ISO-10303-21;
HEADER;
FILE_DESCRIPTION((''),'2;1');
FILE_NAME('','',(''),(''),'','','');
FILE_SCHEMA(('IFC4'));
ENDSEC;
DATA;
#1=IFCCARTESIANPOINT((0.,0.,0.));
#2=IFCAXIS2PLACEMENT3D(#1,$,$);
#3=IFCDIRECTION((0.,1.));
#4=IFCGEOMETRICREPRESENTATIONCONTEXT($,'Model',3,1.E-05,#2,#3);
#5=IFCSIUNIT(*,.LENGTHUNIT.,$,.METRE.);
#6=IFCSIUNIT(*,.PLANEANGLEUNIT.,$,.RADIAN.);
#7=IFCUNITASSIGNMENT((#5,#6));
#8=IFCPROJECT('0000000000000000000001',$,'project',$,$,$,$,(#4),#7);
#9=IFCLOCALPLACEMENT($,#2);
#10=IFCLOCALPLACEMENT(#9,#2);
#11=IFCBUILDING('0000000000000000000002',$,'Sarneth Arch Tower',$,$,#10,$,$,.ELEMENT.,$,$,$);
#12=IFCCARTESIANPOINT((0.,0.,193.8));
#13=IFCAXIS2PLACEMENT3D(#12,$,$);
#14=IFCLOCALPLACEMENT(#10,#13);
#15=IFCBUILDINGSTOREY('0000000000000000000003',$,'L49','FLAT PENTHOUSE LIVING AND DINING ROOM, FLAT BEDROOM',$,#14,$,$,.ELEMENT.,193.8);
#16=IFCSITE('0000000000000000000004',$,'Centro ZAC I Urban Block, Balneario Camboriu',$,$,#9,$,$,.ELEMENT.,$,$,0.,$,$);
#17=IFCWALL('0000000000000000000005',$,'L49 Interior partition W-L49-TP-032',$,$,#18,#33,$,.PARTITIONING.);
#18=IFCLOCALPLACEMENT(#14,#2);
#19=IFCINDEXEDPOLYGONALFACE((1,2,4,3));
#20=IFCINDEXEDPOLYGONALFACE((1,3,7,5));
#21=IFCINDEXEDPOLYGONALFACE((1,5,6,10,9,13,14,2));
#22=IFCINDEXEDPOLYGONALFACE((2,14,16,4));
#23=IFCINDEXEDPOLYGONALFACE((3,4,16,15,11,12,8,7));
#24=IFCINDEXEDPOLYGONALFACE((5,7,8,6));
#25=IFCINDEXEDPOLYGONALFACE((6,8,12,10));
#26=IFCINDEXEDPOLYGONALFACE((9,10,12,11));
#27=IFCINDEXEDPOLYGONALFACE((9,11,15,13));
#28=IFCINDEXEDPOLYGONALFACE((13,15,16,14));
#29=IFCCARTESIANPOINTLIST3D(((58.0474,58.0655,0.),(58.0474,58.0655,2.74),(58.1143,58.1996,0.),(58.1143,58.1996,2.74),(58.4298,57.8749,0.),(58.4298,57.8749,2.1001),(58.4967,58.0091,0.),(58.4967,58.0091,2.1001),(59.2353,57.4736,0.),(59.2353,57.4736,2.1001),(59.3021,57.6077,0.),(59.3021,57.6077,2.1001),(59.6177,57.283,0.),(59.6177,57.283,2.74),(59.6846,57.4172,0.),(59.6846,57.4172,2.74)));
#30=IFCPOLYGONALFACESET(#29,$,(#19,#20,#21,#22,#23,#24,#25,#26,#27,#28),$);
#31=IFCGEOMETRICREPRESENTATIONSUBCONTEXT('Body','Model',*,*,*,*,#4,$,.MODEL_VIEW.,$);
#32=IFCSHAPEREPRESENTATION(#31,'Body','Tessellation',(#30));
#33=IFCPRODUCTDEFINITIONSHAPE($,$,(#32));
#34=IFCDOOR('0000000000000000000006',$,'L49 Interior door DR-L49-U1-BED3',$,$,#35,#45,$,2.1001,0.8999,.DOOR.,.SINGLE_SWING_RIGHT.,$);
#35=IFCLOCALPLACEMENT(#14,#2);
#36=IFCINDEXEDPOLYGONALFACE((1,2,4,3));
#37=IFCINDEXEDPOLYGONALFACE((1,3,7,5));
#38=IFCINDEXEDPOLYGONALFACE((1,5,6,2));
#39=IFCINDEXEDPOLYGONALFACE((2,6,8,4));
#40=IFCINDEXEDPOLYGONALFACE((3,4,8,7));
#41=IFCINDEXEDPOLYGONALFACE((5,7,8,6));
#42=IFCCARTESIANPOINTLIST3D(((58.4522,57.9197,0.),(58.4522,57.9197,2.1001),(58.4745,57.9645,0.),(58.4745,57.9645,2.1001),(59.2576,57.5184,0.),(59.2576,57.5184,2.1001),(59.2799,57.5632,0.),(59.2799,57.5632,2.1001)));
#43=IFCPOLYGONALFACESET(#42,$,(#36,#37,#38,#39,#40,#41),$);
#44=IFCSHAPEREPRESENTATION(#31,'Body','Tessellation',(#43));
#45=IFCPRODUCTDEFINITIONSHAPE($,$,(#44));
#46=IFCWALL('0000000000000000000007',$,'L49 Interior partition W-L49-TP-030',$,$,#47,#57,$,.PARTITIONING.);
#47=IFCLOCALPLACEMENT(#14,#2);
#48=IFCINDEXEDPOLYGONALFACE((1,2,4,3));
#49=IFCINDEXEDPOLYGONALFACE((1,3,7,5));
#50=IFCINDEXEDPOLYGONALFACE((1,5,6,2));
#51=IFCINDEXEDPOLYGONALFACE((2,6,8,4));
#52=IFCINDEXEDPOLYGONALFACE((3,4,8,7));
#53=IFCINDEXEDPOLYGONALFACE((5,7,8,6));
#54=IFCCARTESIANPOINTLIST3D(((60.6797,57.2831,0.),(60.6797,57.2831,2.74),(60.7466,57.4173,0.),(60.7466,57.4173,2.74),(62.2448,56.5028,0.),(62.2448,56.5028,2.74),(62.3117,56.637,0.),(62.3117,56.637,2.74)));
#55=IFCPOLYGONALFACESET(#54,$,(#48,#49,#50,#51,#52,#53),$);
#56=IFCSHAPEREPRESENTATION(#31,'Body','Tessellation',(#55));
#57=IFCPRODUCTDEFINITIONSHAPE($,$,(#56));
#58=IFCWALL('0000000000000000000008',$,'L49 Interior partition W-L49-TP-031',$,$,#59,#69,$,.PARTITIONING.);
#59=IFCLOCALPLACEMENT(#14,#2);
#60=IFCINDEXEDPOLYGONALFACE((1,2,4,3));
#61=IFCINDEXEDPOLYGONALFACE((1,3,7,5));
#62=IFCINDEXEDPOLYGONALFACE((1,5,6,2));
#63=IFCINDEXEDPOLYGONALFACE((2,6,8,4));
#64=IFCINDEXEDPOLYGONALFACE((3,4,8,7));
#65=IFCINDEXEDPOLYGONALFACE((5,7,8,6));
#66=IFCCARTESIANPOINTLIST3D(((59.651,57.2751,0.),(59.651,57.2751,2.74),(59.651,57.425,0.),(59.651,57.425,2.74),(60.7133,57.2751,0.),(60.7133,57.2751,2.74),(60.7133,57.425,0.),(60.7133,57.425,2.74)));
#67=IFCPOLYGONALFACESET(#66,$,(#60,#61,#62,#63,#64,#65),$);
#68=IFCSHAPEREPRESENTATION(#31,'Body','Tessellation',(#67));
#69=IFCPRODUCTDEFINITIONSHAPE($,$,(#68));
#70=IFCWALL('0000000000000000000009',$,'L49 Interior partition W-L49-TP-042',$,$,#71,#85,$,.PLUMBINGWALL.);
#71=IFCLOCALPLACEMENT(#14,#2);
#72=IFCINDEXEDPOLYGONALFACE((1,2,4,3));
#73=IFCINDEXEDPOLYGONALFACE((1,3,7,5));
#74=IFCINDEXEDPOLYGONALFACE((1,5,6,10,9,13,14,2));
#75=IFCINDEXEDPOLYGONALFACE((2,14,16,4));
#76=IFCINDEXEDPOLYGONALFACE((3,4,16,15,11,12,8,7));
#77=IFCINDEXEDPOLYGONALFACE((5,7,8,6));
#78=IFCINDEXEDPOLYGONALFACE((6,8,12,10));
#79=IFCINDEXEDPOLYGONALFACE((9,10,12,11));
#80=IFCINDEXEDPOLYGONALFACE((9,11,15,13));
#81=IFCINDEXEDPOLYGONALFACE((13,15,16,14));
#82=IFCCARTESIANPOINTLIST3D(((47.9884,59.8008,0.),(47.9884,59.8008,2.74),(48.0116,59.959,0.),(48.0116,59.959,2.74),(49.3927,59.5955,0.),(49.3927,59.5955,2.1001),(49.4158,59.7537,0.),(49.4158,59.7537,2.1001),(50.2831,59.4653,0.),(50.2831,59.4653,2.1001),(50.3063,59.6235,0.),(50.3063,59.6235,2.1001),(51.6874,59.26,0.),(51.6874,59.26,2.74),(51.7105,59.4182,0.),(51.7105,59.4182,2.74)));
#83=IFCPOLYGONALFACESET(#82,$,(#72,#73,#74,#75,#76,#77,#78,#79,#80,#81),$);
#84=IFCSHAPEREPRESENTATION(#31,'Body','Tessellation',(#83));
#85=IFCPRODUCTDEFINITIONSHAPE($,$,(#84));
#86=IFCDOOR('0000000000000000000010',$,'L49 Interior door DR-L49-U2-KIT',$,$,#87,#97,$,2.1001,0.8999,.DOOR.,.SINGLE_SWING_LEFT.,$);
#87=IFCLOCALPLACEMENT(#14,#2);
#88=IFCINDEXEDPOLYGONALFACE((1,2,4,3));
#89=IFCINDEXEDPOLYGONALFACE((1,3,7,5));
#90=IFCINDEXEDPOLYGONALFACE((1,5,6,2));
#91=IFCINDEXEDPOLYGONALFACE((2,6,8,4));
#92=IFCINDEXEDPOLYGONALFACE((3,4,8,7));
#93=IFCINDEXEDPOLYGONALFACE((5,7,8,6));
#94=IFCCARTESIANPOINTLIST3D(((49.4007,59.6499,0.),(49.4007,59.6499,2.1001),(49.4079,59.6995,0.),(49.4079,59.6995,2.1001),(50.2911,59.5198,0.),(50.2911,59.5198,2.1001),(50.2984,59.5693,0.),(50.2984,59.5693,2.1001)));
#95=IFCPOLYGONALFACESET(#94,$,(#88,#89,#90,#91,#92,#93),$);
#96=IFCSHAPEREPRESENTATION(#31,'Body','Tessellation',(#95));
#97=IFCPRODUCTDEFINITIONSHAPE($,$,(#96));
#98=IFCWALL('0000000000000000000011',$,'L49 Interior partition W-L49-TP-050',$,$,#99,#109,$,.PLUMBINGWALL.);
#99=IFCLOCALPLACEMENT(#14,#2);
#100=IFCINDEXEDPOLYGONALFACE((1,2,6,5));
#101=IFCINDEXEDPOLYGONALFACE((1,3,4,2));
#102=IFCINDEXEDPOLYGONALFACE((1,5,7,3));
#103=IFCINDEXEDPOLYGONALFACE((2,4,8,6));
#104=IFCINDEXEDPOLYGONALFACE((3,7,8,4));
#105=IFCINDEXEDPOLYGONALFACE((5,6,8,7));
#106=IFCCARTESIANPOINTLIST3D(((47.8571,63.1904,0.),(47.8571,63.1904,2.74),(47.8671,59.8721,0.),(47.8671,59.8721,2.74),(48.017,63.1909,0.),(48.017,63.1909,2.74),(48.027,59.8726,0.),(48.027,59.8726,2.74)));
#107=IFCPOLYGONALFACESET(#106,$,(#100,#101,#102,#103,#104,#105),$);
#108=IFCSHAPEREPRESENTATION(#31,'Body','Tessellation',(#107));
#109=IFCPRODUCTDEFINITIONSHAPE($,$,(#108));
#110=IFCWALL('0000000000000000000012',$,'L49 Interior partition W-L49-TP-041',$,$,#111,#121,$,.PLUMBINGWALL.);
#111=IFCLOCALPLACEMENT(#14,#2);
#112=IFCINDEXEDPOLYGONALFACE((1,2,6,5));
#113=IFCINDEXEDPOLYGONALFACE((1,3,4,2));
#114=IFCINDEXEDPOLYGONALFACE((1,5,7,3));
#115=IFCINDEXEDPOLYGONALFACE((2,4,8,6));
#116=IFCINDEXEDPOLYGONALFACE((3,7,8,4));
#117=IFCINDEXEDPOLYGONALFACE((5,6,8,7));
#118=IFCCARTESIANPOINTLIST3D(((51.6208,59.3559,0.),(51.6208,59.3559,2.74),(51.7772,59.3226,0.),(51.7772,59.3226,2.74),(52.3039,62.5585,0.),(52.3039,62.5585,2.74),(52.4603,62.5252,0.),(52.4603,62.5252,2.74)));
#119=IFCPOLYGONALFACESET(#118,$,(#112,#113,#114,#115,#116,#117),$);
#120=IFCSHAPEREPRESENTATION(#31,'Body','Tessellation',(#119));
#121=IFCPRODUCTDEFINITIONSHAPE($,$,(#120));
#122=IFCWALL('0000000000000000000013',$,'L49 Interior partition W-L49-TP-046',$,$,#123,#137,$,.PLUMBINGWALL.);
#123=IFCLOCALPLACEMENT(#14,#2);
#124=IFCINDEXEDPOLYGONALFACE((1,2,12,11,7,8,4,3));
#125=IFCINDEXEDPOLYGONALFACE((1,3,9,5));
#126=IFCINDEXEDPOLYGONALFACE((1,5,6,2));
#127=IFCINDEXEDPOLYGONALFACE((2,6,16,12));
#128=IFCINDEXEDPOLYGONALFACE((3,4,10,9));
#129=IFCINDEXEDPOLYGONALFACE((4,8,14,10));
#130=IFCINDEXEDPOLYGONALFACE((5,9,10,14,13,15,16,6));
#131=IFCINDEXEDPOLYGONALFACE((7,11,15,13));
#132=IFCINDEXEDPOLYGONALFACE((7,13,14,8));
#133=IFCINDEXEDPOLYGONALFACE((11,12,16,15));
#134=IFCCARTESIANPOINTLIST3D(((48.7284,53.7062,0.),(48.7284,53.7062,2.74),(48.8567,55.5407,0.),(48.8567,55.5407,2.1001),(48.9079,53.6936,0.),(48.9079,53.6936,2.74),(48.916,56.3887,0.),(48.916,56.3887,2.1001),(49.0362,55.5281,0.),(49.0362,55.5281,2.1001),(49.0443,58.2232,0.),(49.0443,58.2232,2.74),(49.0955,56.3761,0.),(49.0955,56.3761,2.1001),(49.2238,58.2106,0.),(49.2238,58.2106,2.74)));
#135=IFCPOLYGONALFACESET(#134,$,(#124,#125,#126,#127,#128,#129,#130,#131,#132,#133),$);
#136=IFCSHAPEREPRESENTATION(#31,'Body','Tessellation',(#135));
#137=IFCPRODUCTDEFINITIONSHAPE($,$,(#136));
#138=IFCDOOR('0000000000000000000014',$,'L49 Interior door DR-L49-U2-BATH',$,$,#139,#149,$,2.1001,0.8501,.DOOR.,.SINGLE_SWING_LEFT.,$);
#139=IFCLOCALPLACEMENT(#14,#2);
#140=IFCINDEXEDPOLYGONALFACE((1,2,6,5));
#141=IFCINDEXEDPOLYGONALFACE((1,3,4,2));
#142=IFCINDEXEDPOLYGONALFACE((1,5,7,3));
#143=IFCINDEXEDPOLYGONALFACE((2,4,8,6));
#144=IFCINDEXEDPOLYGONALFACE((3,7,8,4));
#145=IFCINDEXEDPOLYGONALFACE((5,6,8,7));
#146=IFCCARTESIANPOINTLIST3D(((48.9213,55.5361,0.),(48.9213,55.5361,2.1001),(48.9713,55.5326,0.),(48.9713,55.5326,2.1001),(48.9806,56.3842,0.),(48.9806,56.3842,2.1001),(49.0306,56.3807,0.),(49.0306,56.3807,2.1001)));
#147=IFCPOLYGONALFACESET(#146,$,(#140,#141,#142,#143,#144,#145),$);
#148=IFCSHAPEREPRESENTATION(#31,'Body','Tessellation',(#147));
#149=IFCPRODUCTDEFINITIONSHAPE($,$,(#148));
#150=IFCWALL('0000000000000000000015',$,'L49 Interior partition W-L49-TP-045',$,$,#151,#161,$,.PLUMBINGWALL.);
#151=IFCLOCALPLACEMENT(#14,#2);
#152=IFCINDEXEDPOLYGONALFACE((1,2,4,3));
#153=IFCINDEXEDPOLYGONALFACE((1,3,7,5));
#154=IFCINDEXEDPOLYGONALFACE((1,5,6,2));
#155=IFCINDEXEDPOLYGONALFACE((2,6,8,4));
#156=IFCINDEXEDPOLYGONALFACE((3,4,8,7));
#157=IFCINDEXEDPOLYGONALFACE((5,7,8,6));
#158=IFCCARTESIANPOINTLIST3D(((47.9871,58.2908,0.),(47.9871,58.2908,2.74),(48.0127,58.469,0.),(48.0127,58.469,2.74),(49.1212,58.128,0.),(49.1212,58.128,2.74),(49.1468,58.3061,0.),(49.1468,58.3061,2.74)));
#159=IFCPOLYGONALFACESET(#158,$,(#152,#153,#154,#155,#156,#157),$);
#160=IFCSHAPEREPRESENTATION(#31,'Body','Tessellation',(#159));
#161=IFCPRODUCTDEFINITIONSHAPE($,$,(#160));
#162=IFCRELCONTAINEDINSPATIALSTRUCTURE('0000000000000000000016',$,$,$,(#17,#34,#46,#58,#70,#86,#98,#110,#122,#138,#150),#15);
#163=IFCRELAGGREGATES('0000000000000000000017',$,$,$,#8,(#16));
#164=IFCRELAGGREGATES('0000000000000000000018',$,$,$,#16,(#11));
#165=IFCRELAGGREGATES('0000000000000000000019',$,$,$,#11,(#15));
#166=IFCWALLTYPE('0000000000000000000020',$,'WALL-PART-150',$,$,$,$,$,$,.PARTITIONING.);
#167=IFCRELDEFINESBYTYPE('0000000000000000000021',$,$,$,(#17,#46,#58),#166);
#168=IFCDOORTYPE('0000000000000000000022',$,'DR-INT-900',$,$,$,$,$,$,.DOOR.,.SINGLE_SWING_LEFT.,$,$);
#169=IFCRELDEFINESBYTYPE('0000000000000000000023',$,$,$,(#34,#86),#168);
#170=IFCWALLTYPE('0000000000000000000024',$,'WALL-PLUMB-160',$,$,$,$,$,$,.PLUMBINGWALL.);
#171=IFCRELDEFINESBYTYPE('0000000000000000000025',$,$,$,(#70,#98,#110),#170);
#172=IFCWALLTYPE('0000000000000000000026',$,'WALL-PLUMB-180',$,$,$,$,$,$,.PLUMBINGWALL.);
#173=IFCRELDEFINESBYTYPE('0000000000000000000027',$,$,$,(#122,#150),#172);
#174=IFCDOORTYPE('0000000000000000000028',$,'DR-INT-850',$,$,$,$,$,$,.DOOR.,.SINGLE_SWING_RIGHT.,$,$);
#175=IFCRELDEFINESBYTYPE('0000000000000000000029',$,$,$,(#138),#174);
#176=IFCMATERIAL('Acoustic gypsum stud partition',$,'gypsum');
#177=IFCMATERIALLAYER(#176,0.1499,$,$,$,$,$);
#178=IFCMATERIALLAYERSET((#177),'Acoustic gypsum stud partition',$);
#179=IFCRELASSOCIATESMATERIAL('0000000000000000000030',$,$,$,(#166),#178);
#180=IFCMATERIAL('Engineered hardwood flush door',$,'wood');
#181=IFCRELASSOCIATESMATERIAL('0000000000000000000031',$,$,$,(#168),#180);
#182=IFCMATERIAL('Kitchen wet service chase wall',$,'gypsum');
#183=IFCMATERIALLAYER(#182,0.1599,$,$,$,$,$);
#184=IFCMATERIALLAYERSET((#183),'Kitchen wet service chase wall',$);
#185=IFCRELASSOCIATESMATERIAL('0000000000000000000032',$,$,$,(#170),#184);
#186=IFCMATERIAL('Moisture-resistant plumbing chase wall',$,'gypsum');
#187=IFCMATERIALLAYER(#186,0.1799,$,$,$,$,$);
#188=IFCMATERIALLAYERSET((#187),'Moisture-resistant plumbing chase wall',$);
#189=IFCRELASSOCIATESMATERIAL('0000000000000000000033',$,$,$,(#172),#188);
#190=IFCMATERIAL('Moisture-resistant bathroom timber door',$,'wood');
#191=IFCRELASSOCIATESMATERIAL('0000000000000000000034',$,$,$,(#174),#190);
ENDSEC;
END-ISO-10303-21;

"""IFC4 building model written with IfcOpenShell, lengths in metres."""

from ifc_helpers import new_model, si_unit, direction, frame, frame_2d, origin, place, context, subcontext, project, spatial, rectangle, extrude, material, layer, layer_set, type_object, element, fill, save


model = new_model("IFC4")

# Units and contexts
model_context = context("Model", 3, precision=1e-05, world=origin(), true_north=direction((0.0, 1.0)))
body_context = subcontext(model_context, "Body", "Model", "MODEL_VIEW")
ifc_project = project(units=[si_unit("LENGTHUNIT", "METRE"), si_unit("PLANEANGLEUNIT", "RADIAN")], contexts=[model_context])

# Site, building, storey
site_placement = place(None, origin())
site = spatial("IfcSite", under=ifc_project, at=site_placement, Name="Centro ZAC I Urban Block, Balneario Camboriu", CompositionType="ELEMENT", RefElevation=0.0)
building_placement = place(site_placement, origin())
building = spatial("IfcBuilding", under=site, at=building_placement, Name="Sarneth Arch Tower", CompositionType="ELEMENT")
storey_placement = place(building_placement, frame((0.0, 0.0, 193.8)))
storey = spatial("IfcBuildingStorey", under=building, at=storey_placement, Name="L49", Description="FLAT PENTHOUSE LIVING AND DINING ROOM, FLAT BEDROOM", CompositionType="ELEMENT", Elevation=193.8)

# Shared definitions
ifc_material_1 = material(Name="Acoustic gypsum stud partition", Category="gypsum")
ifc_layer_1 = layer(ifc_material_1, 0.1499)
ifc_layer_set_1 = layer_set([ifc_layer_1], Name="Acoustic gypsum stud partition")
wall_type_1 = type_object("IfcWallType", Name="WALL-PART-150", PredefinedType="PARTITIONING", material=ifc_layer_set_1)

# Wall, opening, door
wall_1_placement = place(storey_placement, frame((59.6511, 57.3501, 0.0), z_axis=(0.0, 0.0, 1.0), x_axis=(-0.895039, 0.445989, 0.0)))
wall_1 = element("IfcWall", 1, at=wall_1_placement, inside=storey, type_object=wall_type_1, Name="L49 Interior partition W-L49-TP-032", PredefinedType="PARTITIONING", context=body_context, shape_type="SweptSolid", body=[
    extrude(rectangle(XDim=1.7544, YDim=0.1499, at=frame_2d((0.8772, 0.0))), origin(), (0.0, 0.0, 1.0), 2.74),
])
opening_1_placement = place(wall_1_placement, frame((0.4272, 0.0, 0.0)))
opening_1 = element("IfcOpeningElement", 2, at=opening_1_placement, cuts=wall_1, PredefinedType="OPENING", context=body_context, shape_type="SweptSolid", body=[
    extrude(rectangle(XDim=0.8999, YDim=2.1001, at=frame_2d((0.45, 1.05))), frame((0.0, 0.085, 0.0), z_axis=(0.0, -1.0, 0.0), x_axis=(1.0, 0.0, 0.0)), (0.0, 0.0, 1.0), 0.1699),
])
ifc_material_2 = material(Name="Engineered hardwood flush door", Category="wood")
door_type_1 = type_object("IfcDoorType", Name="DR-INT-900", OperationType="SINGLE_SWING_LEFT", PredefinedType="DOOR", material=ifc_material_2)
door_1_placement = place(opening_1_placement, origin())
door_1 = element("IfcDoor", 3, at=door_1_placement, inside=storey, type_object=door_type_1, Name="L49 Interior door DR-L49-U1-BED3", OperationType="SINGLE_SWING_RIGHT", OverallHeight=2.1001, OverallWidth=0.8999, PredefinedType="DOOR", context=body_context, shape_type="SweptSolid", body=[
    extrude(rectangle(XDim=0.8999, YDim=2.1001, at=frame_2d((0.45, 1.05))), frame((0.0, 0.0249, 0.0), z_axis=(0.0, -1.0, 0.0), x_axis=(1.0, 0.0, 0.0)), (0.0, 0.0, 1.0), 0.05),
])
fill(opening_1, door_1)

# Walls
wall_2_placement = place(storey_placement, frame((62.2783, 56.5698, 0.0), z_axis=(0.0, 0.0, 1.0), x_axis=(-0.894929, 0.446208, 0.0)))
element("IfcWall", 4, at=wall_2_placement, inside=storey, type_object=wall_type_1, Name="L49 Interior partition W-L49-TP-030", PredefinedType="PARTITIONING", context=body_context, shape_type="SweptSolid", body=[
    extrude(rectangle(XDim=1.7488, YDim=0.1499, at=frame_2d((0.8745, 0.0))), origin(), (0.0, 0.0, 1.0), 2.74),
])
wall_3_placement = place(storey_placement, frame((60.7134, 57.3501, 0.0), z_axis=(0.0, 0.0, 1.0), x_axis=(-1.0, 0.0, 0.0)))
element("IfcWall", 5, at=wall_3_placement, inside=storey, type_object=wall_type_1, Name="L49 Interior partition W-L49-TP-031", PredefinedType="PARTITIONING", context=body_context, shape_type="SweptSolid", body=[
    extrude(rectangle(XDim=1.0623, YDim=0.1499, at=frame_2d((0.5312, 0.0))), origin(), (0.0, 0.0, 1.0), 2.74),
])

# Wall, opening, door
ifc_material_3 = material(Name="Kitchen wet service chase wall", Category="gypsum")
ifc_layer_2 = layer(ifc_material_3, 0.1599)
ifc_layer_set_2 = layer_set([ifc_layer_2], Name="Kitchen wet service chase wall")
wall_type_2 = type_object("IfcWallType", Name="WALL-PLUMB-160", PredefinedType="PLUMBINGWALL", material=ifc_layer_set_2)
wall_4_placement = place(storey_placement, frame((51.699, 59.3391, 0.0), z_axis=(0.0, 0.0, 1.0), x_axis=(-0.989482, 0.144657, 0.0)))
wall_4 = element("IfcWall", 6, at=wall_4_placement, inside=storey, type_object=wall_type_2, Name="L49 Interior partition W-L49-TP-042", PredefinedType="PLUMBINGWALL", context=body_context, shape_type="SweptSolid", body=[
    extrude(rectangle(XDim=3.7383, YDim=0.1599, at=frame_2d((1.8691, 0.0))), origin(), (0.0, 0.0, 1.0), 2.74),
])
opening_2_placement = place(wall_4_placement, frame((1.4192, 0.0, 0.0)))
opening_2 = element("IfcOpeningElement", 7, at=opening_2_placement, cuts=wall_4, PredefinedType="OPENING", context=body_context, shape_type="SweptSolid", body=[
    extrude(rectangle(XDim=0.8999, YDim=2.1001, at=frame_2d((0.45, 1.05))), frame((0.0, 0.0898, 0.0), z_axis=(0.0, -1.0, 0.0), x_axis=(1.0, 0.0, 0.0)), (0.0, 0.0, 1.0), 0.1799),
])
door_2_placement = place(opening_2_placement, origin())
door_2 = element("IfcDoor", 8, at=door_2_placement, inside=storey, type_object=door_type_1, Name="L49 Interior door DR-L49-U2-KIT", OperationType="SINGLE_SWING_LEFT", OverallHeight=2.1001, OverallWidth=0.8999, PredefinedType="DOOR", context=body_context, shape_type="SweptSolid", body=[
    extrude(rectangle(XDim=0.8999, YDim=2.1001, at=frame_2d((0.45, 1.05))), frame((0.0, 0.0249, 0.0), z_axis=(0.0, -1.0, 0.0), x_axis=(1.0, 0.0, 0.0)), (0.0, 0.0, 1.0), 0.05),
])
fill(opening_2, door_2)

# Walls
wall_5_placement = place(storey_placement, frame((47.947, 59.8723, 0.0), z_axis=(0.0, 0.0, 1.0), x_axis=(-0.003016, 0.999995, 0.0)))
element("IfcWall", 9, at=wall_5_placement, inside=storey, type_object=wall_type_2, Name="L49 Interior partition W-L49-TP-050", PredefinedType="PLUMBINGWALL", context=body_context, shape_type="SweptSolid", body=[
    extrude(rectangle(XDim=3.3184, YDim=0.1599, at=frame_2d((1.6592, 0.0))), origin(), (0.0, 0.0, 1.0), 2.74),
])
wall_6_placement = place(storey_placement, frame((52.3821, 62.5417, 0.0), z_axis=(0.0, 0.0, 1.0), x_axis=(-0.208602, -0.978001, 0.0)))
element("IfcWall", 10, at=wall_6_placement, inside=storey, type_object=wall_type_2, Name="L49 Interior partition W-L49-TP-041", PredefinedType="PLUMBINGWALL", context=body_context, shape_type="SweptSolid", body=[
    extrude(rectangle(XDim=3.2747, YDim=0.1599, at=frame_2d((1.6372, 0.0))), origin(), (0.0, 0.0, 1.0), 2.74),
])

# Wall, opening, door
ifc_material_4 = material(Name="Moisture-resistant plumbing chase wall", Category="gypsum")
ifc_layer_3 = layer(ifc_material_4, 0.1799)
ifc_layer_set_3 = layer_set([ifc_layer_3], Name="Moisture-resistant plumbing chase wall")
wall_type_3 = type_object("IfcWallType", Name="WALL-PLUMB-180", PredefinedType="PLUMBINGWALL", material=ifc_layer_set_3)
wall_7_placement = place(storey_placement, frame((49.134, 58.217, 0.0), z_axis=(0.0, 0.0, 1.0), x_axis=(-0.069768, -0.997563, 0.0)))
wall_7 = element("IfcWall", 11, at=wall_7_placement, inside=storey, type_object=wall_type_3, Name="L49 Interior partition W-L49-TP-046", PredefinedType="PLUMBINGWALL", context=body_context, shape_type="SweptSolid", body=[
    extrude(rectangle(XDim=4.5281, YDim=0.1799, at=frame_2d((2.2642, 0.0))), origin(), (0.0, 0.0, 1.0), 2.74),
])
opening_3_placement = place(wall_7_placement, frame((1.8391, 0.0, 0.0)))
opening_3 = element("IfcOpeningElement", 12, at=opening_3_placement, cuts=wall_7, PredefinedType="OPENING", context=body_context, shape_type="SweptSolid", body=[
    extrude(rectangle(XDim=0.8501, YDim=2.1001, at=frame_2d((0.425, 1.05))), frame((0.0, 0.0999, 0.0), z_axis=(0.0, -1.0, 0.0), x_axis=(1.0, 0.0, 0.0)), (0.0, 0.0, 1.0), 0.2),
])
ifc_material_5 = material(Name="Moisture-resistant bathroom timber door", Category="wood")
door_type_2 = type_object("IfcDoorType", Name="DR-INT-850", OperationType="SINGLE_SWING_RIGHT", PredefinedType="DOOR", material=ifc_material_5)
door_3_placement = place(opening_3_placement, origin())
door_3 = element("IfcDoor", 13, at=door_3_placement, inside=storey, type_object=door_type_2, Name="L49 Interior door DR-L49-U2-BATH", OperationType="SINGLE_SWING_LEFT", OverallHeight=2.1001, OverallWidth=0.8501, PredefinedType="DOOR", context=body_context, shape_type="SweptSolid", body=[
    extrude(rectangle(XDim=0.8501, YDim=2.1001, at=frame_2d((0.425, 1.05))), frame((0.0, 0.0249, 0.0), z_axis=(0.0, -1.0, 0.0), x_axis=(1.0, 0.0, 0.0)), (0.0, 0.0, 1.0), 0.05),
])
fill(opening_3, door_3)

# Wall
wall_8_placement = place(storey_placement, frame((48.0, 58.3799, 0.0), z_axis=(0.0, 0.0, 1.0), x_axis=(0.989847, -0.142137, 0.0)))
element("IfcWall", 14, at=wall_8_placement, inside=storey, type_object=wall_type_3, Name="L49 Interior partition W-L49-TP-045", PredefinedType="PLUMBINGWALL", context=body_context, shape_type="SweptSolid", body=[
    extrude(rectangle(XDim=1.1458, YDim=0.1799, at=frame_2d((0.5728, 0.0))), origin(), (0.0, 0.0, 1.0), 2.74),
])

save(model, "model.ifc")
